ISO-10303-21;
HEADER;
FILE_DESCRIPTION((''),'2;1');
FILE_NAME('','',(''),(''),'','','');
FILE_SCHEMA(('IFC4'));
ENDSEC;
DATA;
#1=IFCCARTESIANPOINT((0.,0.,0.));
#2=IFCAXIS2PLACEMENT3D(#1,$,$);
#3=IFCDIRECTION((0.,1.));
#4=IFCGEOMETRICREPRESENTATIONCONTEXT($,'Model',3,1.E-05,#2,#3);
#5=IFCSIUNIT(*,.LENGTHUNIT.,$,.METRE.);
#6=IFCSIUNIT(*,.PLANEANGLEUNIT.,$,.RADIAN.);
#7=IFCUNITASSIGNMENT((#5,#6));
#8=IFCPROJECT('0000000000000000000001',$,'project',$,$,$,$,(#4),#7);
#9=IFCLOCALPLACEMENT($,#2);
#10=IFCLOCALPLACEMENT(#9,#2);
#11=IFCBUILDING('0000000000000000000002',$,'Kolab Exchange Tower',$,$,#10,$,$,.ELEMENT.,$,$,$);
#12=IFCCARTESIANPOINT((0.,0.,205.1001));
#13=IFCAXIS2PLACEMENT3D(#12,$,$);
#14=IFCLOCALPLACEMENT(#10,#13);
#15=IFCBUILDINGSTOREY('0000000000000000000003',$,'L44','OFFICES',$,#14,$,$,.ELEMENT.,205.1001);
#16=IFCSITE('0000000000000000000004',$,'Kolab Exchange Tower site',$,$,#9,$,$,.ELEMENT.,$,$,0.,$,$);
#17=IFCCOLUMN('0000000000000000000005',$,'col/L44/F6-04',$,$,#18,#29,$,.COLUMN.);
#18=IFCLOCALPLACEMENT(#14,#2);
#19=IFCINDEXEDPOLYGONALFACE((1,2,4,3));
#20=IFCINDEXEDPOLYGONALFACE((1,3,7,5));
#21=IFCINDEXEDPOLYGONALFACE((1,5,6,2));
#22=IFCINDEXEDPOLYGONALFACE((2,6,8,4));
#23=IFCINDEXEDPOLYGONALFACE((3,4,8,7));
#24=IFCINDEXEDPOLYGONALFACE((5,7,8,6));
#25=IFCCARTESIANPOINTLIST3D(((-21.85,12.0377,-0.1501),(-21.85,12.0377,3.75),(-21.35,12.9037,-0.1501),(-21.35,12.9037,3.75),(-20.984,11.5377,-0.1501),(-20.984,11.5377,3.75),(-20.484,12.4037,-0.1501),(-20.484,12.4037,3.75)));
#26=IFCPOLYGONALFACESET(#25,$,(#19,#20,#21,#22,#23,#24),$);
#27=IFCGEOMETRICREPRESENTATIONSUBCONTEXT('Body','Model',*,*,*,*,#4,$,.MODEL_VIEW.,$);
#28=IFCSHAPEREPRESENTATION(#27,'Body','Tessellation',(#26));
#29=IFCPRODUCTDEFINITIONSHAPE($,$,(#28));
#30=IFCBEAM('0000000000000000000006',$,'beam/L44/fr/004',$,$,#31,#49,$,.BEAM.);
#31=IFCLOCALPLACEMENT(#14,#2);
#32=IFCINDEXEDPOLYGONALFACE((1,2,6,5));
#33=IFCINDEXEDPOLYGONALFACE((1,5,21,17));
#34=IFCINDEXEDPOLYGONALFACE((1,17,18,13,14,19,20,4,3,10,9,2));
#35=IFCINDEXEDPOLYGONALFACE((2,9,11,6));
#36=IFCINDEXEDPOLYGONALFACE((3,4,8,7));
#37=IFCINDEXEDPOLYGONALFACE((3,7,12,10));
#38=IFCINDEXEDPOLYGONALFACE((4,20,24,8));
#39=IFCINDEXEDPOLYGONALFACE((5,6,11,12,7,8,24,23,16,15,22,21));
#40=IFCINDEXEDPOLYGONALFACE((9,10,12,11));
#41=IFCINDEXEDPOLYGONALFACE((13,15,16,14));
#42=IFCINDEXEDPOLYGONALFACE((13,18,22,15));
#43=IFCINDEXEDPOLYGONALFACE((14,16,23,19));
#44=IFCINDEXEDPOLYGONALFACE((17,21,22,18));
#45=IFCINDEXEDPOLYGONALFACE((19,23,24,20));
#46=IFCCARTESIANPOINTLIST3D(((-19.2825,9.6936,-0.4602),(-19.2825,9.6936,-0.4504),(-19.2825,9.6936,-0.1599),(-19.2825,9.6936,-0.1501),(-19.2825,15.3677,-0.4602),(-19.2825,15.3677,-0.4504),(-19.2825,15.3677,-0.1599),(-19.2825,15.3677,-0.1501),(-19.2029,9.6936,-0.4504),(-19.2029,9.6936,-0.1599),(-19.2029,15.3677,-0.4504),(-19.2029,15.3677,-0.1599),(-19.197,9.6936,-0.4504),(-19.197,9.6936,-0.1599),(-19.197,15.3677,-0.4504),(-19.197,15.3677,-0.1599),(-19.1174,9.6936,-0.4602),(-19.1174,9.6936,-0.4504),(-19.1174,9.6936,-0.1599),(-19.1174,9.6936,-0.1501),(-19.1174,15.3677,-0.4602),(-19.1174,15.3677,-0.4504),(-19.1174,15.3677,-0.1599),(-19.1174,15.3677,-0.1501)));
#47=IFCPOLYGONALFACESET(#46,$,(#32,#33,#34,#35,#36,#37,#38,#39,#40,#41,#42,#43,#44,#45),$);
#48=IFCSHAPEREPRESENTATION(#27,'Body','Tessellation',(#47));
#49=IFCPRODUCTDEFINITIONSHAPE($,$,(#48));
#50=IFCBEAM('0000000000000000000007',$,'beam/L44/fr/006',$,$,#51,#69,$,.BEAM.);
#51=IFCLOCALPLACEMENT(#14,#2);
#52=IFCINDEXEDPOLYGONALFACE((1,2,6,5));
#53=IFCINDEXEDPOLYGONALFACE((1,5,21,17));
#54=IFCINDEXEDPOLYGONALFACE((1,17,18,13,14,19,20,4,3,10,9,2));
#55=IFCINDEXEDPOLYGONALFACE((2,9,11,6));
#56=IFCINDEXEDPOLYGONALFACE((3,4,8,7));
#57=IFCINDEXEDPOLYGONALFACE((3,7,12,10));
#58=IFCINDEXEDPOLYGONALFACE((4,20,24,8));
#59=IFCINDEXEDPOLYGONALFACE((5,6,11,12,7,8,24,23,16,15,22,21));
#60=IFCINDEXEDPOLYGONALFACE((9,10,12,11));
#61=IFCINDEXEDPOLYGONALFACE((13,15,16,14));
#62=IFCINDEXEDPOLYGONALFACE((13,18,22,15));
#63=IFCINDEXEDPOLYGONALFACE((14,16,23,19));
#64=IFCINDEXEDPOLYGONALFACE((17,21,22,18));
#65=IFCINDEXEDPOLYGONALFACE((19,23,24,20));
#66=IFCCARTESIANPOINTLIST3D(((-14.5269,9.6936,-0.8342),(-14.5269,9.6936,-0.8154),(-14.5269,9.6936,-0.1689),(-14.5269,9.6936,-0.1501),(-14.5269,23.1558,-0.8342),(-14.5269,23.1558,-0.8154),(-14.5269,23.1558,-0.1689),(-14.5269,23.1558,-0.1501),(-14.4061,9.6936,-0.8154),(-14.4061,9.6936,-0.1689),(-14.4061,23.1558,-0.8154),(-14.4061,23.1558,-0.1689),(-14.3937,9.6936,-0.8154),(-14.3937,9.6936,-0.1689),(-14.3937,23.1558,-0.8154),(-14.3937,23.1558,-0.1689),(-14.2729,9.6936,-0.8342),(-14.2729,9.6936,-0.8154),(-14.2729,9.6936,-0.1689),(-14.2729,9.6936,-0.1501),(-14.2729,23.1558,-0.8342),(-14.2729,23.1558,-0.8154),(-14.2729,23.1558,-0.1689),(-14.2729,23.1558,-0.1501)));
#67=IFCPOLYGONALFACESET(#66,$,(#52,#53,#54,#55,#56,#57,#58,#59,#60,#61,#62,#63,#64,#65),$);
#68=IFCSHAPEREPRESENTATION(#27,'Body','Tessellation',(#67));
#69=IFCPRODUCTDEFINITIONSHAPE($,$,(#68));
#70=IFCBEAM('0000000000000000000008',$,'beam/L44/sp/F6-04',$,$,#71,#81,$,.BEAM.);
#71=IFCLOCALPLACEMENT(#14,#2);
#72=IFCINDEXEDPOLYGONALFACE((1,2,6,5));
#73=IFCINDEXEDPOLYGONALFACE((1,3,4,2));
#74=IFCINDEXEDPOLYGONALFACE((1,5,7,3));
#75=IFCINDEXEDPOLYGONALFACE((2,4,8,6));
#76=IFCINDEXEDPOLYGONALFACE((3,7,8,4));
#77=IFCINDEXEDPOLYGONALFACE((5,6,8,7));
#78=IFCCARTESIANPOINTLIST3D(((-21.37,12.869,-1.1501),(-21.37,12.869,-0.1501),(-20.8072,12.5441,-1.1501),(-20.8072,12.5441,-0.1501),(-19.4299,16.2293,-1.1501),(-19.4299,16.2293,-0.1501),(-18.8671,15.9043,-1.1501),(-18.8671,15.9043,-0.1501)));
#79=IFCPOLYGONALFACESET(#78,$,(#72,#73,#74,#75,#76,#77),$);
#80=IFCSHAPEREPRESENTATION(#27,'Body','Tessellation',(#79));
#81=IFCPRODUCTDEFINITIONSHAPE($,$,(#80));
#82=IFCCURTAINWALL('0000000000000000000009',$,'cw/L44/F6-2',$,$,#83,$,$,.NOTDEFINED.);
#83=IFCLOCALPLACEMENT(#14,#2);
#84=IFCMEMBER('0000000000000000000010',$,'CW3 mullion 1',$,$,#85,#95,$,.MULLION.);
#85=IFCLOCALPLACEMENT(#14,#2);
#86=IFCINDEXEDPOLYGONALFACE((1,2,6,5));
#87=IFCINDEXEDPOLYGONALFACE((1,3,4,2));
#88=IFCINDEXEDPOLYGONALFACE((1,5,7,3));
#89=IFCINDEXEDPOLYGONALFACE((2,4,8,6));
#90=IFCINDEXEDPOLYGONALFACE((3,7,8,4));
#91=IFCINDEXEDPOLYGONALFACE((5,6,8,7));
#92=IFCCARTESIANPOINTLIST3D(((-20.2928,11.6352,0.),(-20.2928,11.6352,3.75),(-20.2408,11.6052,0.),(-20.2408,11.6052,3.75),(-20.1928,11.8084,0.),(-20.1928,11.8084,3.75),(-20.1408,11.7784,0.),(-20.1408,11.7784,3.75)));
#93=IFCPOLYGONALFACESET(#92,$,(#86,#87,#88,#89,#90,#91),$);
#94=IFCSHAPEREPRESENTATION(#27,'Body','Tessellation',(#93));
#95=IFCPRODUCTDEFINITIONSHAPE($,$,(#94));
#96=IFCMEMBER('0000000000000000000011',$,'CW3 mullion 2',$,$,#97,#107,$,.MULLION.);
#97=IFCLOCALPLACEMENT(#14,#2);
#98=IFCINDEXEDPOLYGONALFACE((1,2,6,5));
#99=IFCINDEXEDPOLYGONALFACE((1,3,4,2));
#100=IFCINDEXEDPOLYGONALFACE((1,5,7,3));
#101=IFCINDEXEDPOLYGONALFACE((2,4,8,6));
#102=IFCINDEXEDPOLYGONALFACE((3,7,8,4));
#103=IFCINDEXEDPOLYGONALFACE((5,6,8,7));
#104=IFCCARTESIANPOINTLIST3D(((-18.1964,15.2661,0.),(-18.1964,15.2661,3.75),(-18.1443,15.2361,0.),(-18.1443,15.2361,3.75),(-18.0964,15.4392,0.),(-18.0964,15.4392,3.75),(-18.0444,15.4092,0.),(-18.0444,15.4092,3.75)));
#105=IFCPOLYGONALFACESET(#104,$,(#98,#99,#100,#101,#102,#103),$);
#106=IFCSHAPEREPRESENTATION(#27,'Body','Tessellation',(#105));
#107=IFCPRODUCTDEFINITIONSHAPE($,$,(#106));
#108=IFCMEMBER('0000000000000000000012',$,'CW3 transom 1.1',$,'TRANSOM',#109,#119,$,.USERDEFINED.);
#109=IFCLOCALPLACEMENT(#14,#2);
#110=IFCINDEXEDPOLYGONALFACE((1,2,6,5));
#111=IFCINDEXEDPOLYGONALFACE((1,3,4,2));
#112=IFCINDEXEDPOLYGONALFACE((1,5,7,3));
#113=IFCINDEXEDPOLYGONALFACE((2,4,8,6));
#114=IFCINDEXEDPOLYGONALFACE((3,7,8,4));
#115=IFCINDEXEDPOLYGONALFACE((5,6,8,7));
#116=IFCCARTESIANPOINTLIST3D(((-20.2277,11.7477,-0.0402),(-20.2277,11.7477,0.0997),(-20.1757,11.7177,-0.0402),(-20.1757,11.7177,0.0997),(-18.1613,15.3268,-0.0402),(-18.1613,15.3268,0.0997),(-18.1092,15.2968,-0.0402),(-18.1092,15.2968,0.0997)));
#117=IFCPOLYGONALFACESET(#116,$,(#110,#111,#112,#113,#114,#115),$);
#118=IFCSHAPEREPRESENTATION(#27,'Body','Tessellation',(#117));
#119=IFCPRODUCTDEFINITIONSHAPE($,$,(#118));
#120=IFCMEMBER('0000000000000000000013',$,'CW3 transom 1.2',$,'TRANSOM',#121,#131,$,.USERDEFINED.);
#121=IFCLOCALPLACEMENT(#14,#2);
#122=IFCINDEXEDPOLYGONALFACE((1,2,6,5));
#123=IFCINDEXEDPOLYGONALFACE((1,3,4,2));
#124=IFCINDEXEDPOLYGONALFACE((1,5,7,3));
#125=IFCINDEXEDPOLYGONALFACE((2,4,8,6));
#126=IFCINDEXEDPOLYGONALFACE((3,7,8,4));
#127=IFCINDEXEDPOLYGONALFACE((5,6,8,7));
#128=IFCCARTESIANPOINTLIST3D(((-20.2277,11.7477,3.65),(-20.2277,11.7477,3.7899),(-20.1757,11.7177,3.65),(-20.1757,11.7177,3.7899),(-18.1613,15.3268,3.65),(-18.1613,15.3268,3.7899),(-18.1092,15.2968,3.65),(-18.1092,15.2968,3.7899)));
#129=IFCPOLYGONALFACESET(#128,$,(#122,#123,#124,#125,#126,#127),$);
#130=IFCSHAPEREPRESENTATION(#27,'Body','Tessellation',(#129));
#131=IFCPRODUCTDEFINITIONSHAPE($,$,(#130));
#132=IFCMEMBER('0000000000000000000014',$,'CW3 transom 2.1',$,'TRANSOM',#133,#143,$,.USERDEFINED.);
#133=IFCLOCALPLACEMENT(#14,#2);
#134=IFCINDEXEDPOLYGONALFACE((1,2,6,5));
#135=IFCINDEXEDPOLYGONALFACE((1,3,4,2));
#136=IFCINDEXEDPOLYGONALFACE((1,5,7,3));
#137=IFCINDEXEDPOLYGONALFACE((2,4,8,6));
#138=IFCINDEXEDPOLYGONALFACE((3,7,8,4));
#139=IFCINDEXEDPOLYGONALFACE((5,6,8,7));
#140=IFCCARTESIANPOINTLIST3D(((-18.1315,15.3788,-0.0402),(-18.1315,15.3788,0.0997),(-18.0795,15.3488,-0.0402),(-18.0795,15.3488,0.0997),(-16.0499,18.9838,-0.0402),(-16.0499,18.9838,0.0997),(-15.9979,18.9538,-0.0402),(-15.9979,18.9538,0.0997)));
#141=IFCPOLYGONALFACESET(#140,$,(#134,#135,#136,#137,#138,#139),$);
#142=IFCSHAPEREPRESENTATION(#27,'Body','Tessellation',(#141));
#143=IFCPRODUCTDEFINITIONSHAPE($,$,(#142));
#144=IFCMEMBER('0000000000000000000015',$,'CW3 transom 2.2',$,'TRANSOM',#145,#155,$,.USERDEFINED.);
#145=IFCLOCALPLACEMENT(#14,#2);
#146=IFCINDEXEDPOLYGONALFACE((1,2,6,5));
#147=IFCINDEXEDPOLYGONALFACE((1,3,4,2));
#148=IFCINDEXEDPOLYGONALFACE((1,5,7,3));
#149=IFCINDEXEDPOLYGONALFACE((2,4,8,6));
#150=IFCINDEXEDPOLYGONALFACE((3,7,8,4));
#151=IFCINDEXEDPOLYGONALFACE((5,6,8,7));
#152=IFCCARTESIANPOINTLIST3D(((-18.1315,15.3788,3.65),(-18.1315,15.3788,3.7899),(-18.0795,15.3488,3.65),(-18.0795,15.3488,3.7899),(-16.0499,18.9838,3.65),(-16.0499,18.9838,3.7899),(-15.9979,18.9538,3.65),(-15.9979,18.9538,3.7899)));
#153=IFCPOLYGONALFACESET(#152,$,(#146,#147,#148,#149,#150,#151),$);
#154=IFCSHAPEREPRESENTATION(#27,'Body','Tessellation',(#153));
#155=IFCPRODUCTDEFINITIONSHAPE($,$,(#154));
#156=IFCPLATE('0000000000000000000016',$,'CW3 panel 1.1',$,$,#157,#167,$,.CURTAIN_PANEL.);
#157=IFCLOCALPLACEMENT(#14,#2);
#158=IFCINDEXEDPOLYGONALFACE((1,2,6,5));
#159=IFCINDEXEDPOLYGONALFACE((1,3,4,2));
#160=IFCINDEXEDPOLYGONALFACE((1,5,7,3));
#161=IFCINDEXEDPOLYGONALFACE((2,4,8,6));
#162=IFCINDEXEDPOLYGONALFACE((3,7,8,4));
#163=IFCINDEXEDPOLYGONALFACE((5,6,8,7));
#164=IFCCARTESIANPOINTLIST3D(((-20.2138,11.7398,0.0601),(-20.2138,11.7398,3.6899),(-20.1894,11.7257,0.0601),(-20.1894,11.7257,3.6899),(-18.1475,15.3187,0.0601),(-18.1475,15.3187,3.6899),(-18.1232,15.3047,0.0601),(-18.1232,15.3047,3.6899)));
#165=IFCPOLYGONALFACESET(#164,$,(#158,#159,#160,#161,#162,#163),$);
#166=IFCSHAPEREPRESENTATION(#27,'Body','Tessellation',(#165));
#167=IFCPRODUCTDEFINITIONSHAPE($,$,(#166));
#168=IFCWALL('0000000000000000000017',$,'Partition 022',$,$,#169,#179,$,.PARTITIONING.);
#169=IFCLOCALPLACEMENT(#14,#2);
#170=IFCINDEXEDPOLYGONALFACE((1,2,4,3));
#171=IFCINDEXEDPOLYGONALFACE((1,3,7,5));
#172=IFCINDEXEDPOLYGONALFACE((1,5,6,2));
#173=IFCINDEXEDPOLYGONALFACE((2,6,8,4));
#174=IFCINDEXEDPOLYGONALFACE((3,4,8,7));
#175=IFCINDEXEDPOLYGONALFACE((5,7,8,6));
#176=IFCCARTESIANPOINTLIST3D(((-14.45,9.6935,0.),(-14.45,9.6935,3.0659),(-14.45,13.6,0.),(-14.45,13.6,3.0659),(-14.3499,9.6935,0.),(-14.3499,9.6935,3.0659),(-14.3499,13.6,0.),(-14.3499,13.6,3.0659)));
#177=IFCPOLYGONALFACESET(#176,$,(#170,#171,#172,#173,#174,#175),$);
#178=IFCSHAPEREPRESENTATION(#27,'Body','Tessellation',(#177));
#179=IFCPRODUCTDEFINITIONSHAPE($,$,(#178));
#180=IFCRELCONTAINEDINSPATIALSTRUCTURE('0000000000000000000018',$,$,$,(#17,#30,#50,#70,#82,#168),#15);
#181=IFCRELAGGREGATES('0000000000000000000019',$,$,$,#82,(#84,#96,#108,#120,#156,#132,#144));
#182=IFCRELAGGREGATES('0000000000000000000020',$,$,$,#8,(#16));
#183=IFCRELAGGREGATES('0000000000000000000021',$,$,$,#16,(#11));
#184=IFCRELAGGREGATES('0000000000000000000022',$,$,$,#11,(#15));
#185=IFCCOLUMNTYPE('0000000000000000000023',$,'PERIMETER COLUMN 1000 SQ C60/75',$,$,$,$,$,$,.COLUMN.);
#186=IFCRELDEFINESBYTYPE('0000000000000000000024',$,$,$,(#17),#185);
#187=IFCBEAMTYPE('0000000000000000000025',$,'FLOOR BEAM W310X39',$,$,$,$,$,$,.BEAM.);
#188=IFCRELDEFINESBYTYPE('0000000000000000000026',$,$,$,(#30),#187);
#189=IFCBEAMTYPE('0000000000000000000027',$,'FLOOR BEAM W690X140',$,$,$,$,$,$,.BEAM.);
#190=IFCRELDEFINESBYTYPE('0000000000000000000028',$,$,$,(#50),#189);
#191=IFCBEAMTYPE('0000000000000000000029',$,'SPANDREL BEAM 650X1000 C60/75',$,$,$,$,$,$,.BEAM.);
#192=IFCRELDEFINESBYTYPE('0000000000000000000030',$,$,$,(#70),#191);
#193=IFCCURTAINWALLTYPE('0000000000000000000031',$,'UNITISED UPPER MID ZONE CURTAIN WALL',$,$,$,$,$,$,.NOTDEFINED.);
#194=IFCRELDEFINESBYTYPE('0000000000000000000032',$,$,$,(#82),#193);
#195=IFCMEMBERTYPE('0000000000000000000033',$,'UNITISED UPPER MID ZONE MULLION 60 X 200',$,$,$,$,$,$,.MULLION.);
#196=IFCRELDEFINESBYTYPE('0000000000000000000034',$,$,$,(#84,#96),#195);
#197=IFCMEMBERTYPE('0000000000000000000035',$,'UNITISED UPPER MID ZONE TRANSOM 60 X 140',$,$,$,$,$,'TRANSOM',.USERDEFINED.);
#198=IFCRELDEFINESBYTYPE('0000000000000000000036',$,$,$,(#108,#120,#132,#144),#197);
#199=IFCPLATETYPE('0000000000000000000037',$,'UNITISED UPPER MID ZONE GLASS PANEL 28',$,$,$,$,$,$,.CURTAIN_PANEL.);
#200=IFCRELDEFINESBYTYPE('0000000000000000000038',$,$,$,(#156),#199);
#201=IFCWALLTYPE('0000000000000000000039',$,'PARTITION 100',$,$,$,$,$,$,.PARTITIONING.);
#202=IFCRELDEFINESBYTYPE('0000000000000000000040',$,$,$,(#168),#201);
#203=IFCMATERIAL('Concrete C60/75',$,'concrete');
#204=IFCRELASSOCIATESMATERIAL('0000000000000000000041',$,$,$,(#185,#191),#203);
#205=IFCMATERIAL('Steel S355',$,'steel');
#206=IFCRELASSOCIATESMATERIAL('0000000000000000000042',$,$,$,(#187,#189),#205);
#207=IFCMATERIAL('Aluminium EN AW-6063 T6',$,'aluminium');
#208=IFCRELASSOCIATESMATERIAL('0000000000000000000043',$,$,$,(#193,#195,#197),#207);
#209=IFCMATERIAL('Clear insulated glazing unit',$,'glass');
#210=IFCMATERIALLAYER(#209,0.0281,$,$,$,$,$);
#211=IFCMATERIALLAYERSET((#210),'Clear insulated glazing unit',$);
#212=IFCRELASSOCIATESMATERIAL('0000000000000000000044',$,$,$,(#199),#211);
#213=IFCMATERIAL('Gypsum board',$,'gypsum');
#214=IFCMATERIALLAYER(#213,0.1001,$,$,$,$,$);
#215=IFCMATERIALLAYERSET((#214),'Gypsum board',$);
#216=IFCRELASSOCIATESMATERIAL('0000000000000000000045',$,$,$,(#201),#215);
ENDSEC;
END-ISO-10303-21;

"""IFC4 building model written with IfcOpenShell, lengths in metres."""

from ifc_helpers import new_model, si_unit, direction, frame, frame_2d, origin, origin_2d, place, context, subcontext, project, spatial, rectangle, i_section, extrude, material, layer, layer_set, material_profile, profile_set, type_object, element, aggregate, save


model = new_model("IFC4")

# Units and contexts
model_context = context("Model", 3, precision=1e-05, world=origin(), true_north=direction((0.0, 1.0)))
body_context = subcontext(model_context, "Body", "Model", "MODEL_VIEW")
ifc_project = project(units=[si_unit("LENGTHUNIT", "METRE"), si_unit("PLANEANGLEUNIT", "RADIAN")], contexts=[model_context])

# Site, building, storey
site_placement = place(None, origin())
site = spatial("IfcSite", under=ifc_project, at=site_placement, Name="Kolab Exchange Tower site", CompositionType="ELEMENT", RefElevation=0.0)
building_placement = place(site_placement, origin())
building = spatial("IfcBuilding", under=site, at=building_placement, Name="Kolab Exchange Tower", CompositionType="ELEMENT")
storey_placement = place(building_placement, frame((0.0, 0.0, 205.1001)))
storey = spatial("IfcBuildingStorey", under=building, at=storey_placement, Name="L44", Description="OFFICES", CompositionType="ELEMENT", Elevation=205.1001)

# Column
ifc_material_1 = material(Name="Concrete C60/75", Category="concrete")
ifc_material_profile_1 = material_profile(ifc_material_1, rectangle(XDim=1.0, YDim=1.0, at=origin_2d()), Name="RC1000")
ifc_profile_set_1 = profile_set([ifc_material_profile_1], Name="Concrete C60/75")
column_type = type_object("IfcColumnType", Name="PERIMETER COLUMN 1000 SQ C60/75", PredefinedType="COLUMN", material=ifc_profile_set_1)
column_placement = place(storey_placement, frame((-21.167, 12.2207, -0.1501), z_axis=(0.0, 0.0, 1.0), x_axis=(0.5, 0.866025, 0.0)))
element("IfcColumn", 1, at=column_placement, inside=storey, type_object=column_type, Name="col/L44/F6-04", PredefinedType="COLUMN", context=body_context, shape_type="SweptSolid", body=[
    extrude(rectangle(XDim=1.0, YDim=1.0, at=origin_2d()), origin(), (0.0, 0.0, 1.0), 3.9001),
])

# Beams
ifc_material_2 = material(Name="Steel S355", Category="steel")
ifc_material_profile_2 = material_profile(ifc_material_2, i_section(OverallWidth=0.165, OverallDepth=0.3101, WebThickness=0.0059, FlangeThickness=0.0098, at=origin_2d()), Name="W310X39")
ifc_profile_set_2 = profile_set([ifc_material_profile_2], Name="Steel S355")
beam_type_1 = type_object("IfcBeamType", Name="FLOOR BEAM W310X39", PredefinedType="BEAM", material=ifc_profile_set_2)
beam_1_placement = place(storey_placement, frame((-19.2, 9.6936, -0.3052), z_axis=(0.0, 1.0, 0.0), x_axis=(-1.0, 0.0, 0.0)))
element("IfcBeam", 2, at=beam_1_placement, inside=storey, type_object=beam_type_1, Name="beam/L44/fr/004", PredefinedType="BEAM", context=body_context, shape_type="SweptSolid", body=[
    extrude(i_section(OverallWidth=0.165, OverallDepth=0.3101, WebThickness=0.0059, FlangeThickness=0.0098, at=origin_2d()), origin(), (0.0, 0.0, 1.0), 5.6741),
])
ifc_material_profile_3 = material_profile(ifc_material_2, i_section(OverallWidth=0.2539, OverallDepth=0.6841, WebThickness=0.0125, FlangeThickness=0.0188, at=origin_2d()), Name="W690X140")
ifc_profile_set_3 = profile_set([ifc_material_profile_3], Name="Steel S355")
beam_type_2 = type_object("IfcBeamType", Name="FLOOR BEAM W690X140", PredefinedType="BEAM", material=ifc_profile_set_3)
beam_2_placement = place(storey_placement, frame((-14.3999, 9.6936, -0.4922), z_axis=(0.0, 1.0, 0.0), x_axis=(-1.0, 0.0, 0.0)))
element("IfcBeam", 3, at=beam_2_placement, inside=storey, type_object=beam_type_2, Name="beam/L44/fr/006", PredefinedType="BEAM", context=body_context, shape_type="SweptSolid", body=[
    extrude(i_section(OverallWidth=0.2539, OverallDepth=0.6841, WebThickness=0.0125, FlangeThickness=0.0188, at=origin_2d()), origin(), (0.0, 0.0, 1.0), 13.4622),
])
ifc_material_profile_4 = material_profile(ifc_material_1, rectangle(XDim=0.6499, YDim=1.0, at=origin_2d()), Name="RC650X1000")
ifc_profile_set_4 = profile_set([ifc_material_profile_4], Name="Concrete C60/75")
beam_type_3 = type_object("IfcBeamType", Name="SPANDREL BEAM 650X1000 C60/75", PredefinedType="BEAM", material=ifc_profile_set_4)
beam_3_placement = place(storey_placement, frame((-21.0886, 12.7065, -0.6501), z_axis=(0.500017, 0.866016, 0.0), x_axis=(-0.866016, 0.500017, 0.0)))
element("IfcBeam", 4, at=beam_3_placement, inside=storey, type_object=beam_type_3, Name="beam/L44/sp/F6-04", PredefinedType="BEAM", context=body_context, shape_type="SweptSolid", body=[
    extrude(rectangle(XDim=0.6499, YDim=1.0, at=origin_2d()), origin(), (0.0, 0.0, 1.0), 3.8801),
])

# Curtain wall, members, plate
ifc_material_3 = material(Name="Aluminium EN AW-6063 T6", Category="aluminium")
curtain_wall_type = type_object("IfcCurtainWallType", Name="UNITISED UPPER MID ZONE CURTAIN WALL", PredefinedType="NOTDEFINED", material=ifc_material_3)
curtain_wall_placement = place(storey_placement, origin())
curtain_wall = element("IfcCurtainWall", 5, at=curtain_wall_placement, inside=storey, type_object=curtain_wall_type, Name="cw/L44/F6-2", PredefinedType="NOTDEFINED")
ifc_material_profile_5 = material_profile(ifc_material_3, rectangle(XDim=0.0601, YDim=0.2, at=origin_2d()), Name="RECT 60X200")
ifc_profile_set_5 = profile_set([ifc_material_profile_5], Name="Aluminium EN AW-6063 T6")
member_type_1 = type_object("IfcMemberType", Name="UNITISED UPPER MID ZONE MULLION 60 X 200", PredefinedType="MULLION", material=ifc_profile_set_5)
member_1_placement = place(storey_placement, frame((-20.2168, 11.7068, 0.0), z_axis=(0.0, 0.0, 1.0), x_axis=(-0.866025, 0.5, 0.0)))
member_1 = element("IfcMember", 6, at=member_1_placement, type_object=member_type_1, Name="CW3 mullion 1", PredefinedType="MULLION", context=body_context, shape_type="SweptSolid", body=[
    extrude(rectangle(XDim=0.0601, YDim=0.2, at=origin_2d()), origin(), (0.0, 0.0, 1.0), 3.75),
])
member_2_placement = place(storey_placement, frame((-18.1204, 15.3376, 0.0), z_axis=(0.0, 0.0, 1.0), x_axis=(-0.866025, 0.5, 0.0)))
member_2 = element("IfcMember", 7, at=member_2_placement, type_object=member_type_1, Name="CW3 mullion 2", PredefinedType="MULLION", context=body_context, shape_type="SweptSolid", body=[
    extrude(rectangle(XDim=0.0601, YDim=0.2, at=origin_2d()), origin(), (0.0, 0.0, 1.0), 3.75),
])
ifc_material_profile_6 = material_profile(ifc_material_3, rectangle(XDim=0.0601, YDim=0.1399, at=origin_2d()), Name="RECT 60X140")
ifc_profile_set_6 = profile_set([ifc_material_profile_6], Name="Aluminium EN AW-6063 T6")
member_type_2 = type_object("IfcMemberType", Name="UNITISED UPPER MID ZONE TRANSOM 60 X 140", ElementType="TRANSOM", PredefinedType="USERDEFINED", material=ifc_profile_set_6)
member_3_placement = place(storey_placement, frame((-20.2017, 11.7327, 0.0298), z_axis=(0.500002, 0.866024, 0.0), x_axis=(-0.866024, 0.500002, 0.0)))
member_3 = element("IfcMember", 8, at=member_3_placement, type_object=member_type_2, Name="CW3 transom 1.1", ObjectType="TRANSOM", PredefinedType="USERDEFINED", context=body_context, shape_type="SweptSolid", body=[
    extrude(rectangle(XDim=0.0601, YDim=0.1399, at=origin_2d()), origin(), (0.0, 0.0, 1.0), 4.1328),
])
member_4_placement = place(storey_placement, frame((-20.2017, 11.7327, 3.72), z_axis=(0.500002, 0.866024, 0.0), x_axis=(-0.866024, 0.500002, 0.0)))
member_4 = element("IfcMember", 9, at=member_4_placement, type_object=member_type_2, Name="CW3 transom 1.2", ObjectType="TRANSOM", PredefinedType="USERDEFINED", context=body_context, shape_type="SweptSolid", body=[
    extrude(rectangle(XDim=0.0601, YDim=0.1399, at=origin_2d()), origin(), (0.0, 0.0, 1.0), 4.1328),
])
member_5_placement = place(storey_placement, frame((-18.1055, 15.3638, 0.0298), z_axis=(0.500037, 0.866004, 0.0), x_axis=(-0.866004, 0.500037, 0.0)))
member_5 = element("IfcMember", 10, at=member_5_placement, type_object=member_type_2, Name="CW3 transom 2.1", ObjectType="TRANSOM", PredefinedType="USERDEFINED", context=body_context, shape_type="SweptSolid", body=[
    extrude(rectangle(XDim=0.0601, YDim=0.1399, at=origin_2d()), origin(), (0.0, 0.0, 1.0), 4.1628),
])
member_6_placement = place(storey_placement, frame((-18.1055, 15.3638, 3.72), z_axis=(0.500037, 0.866004, 0.0), x_axis=(-0.866004, 0.500037, 0.0)))
member_6 = element("IfcMember", 11, at=member_6_placement, type_object=member_type_2, Name="CW3 transom 2.2", ObjectType="TRANSOM", PredefinedType="USERDEFINED", context=body_context, shape_type="SweptSolid", body=[
    extrude(rectangle(XDim=0.0601, YDim=0.1399, at=origin_2d()), origin(), (0.0, 0.0, 1.0), 4.1628),
])
ifc_material_4 = material(Name="Clear insulated glazing unit", Category="glass")
ifc_layer_1 = layer(ifc_material_4, 0.0281)
ifc_layer_set_1 = layer_set([ifc_layer_1], Name="Clear insulated glazing unit")
plate_type = type_object("IfcPlateType", Name="UNITISED UPPER MID ZONE GLASS PANEL 28", PredefinedType="CURTAIN_PANEL", material=ifc_layer_set_1)
plate_placement = place(storey_placement, frame((-19.1685, 13.5222, 0.0601), z_axis=(0.0, 0.0, 1.0), x_axis=(0.5, 0.866025, 0.0)))
plate = element("IfcPlate", 12, at=plate_placement, type_object=plate_type, Name="CW3 panel 1.1", PredefinedType="CURTAIN_PANEL", context=body_context, shape_type="SweptSolid", body=[
    extrude(rectangle(XDim=4.1326, YDim=0.0281, at=origin_2d()), origin(), (0.0, 0.0, 1.0), 3.6299),
])
aggregate(curtain_wall, [member_1, member_2, member_3, member_4, plate, member_5, member_6])

# Wall
ifc_material_5 = material(Name="Gypsum board", Category="gypsum")
ifc_layer_2 = layer(ifc_material_5, 0.1001)
ifc_layer_set_2 = layer_set([ifc_layer_2], Name="Gypsum board")
wall_type_1 = type_object("IfcWallType", Name="PARTITION 100", PredefinedType="PARTITIONING", material=ifc_layer_set_2)
wall_1_placement = place(storey_placement, frame((-14.3999, 9.6936, 0.0), z_axis=(0.0, 0.0, 1.0), x_axis=(0.0, 1.0, 0.0)))
element("IfcWall", 13, at=wall_1_placement, inside=storey, type_object=wall_type_1, Name="Partition 022", PredefinedType="PARTITIONING", context=body_context, shape_type="SweptSolid", body=[
    extrude(rectangle(XDim=3.9065, YDim=0.1001, at=frame_2d((1.9531, 0.0))), origin(), (0.0, 0.0, 1.0), 3.0659),
])

save(model, "model.ifc")
